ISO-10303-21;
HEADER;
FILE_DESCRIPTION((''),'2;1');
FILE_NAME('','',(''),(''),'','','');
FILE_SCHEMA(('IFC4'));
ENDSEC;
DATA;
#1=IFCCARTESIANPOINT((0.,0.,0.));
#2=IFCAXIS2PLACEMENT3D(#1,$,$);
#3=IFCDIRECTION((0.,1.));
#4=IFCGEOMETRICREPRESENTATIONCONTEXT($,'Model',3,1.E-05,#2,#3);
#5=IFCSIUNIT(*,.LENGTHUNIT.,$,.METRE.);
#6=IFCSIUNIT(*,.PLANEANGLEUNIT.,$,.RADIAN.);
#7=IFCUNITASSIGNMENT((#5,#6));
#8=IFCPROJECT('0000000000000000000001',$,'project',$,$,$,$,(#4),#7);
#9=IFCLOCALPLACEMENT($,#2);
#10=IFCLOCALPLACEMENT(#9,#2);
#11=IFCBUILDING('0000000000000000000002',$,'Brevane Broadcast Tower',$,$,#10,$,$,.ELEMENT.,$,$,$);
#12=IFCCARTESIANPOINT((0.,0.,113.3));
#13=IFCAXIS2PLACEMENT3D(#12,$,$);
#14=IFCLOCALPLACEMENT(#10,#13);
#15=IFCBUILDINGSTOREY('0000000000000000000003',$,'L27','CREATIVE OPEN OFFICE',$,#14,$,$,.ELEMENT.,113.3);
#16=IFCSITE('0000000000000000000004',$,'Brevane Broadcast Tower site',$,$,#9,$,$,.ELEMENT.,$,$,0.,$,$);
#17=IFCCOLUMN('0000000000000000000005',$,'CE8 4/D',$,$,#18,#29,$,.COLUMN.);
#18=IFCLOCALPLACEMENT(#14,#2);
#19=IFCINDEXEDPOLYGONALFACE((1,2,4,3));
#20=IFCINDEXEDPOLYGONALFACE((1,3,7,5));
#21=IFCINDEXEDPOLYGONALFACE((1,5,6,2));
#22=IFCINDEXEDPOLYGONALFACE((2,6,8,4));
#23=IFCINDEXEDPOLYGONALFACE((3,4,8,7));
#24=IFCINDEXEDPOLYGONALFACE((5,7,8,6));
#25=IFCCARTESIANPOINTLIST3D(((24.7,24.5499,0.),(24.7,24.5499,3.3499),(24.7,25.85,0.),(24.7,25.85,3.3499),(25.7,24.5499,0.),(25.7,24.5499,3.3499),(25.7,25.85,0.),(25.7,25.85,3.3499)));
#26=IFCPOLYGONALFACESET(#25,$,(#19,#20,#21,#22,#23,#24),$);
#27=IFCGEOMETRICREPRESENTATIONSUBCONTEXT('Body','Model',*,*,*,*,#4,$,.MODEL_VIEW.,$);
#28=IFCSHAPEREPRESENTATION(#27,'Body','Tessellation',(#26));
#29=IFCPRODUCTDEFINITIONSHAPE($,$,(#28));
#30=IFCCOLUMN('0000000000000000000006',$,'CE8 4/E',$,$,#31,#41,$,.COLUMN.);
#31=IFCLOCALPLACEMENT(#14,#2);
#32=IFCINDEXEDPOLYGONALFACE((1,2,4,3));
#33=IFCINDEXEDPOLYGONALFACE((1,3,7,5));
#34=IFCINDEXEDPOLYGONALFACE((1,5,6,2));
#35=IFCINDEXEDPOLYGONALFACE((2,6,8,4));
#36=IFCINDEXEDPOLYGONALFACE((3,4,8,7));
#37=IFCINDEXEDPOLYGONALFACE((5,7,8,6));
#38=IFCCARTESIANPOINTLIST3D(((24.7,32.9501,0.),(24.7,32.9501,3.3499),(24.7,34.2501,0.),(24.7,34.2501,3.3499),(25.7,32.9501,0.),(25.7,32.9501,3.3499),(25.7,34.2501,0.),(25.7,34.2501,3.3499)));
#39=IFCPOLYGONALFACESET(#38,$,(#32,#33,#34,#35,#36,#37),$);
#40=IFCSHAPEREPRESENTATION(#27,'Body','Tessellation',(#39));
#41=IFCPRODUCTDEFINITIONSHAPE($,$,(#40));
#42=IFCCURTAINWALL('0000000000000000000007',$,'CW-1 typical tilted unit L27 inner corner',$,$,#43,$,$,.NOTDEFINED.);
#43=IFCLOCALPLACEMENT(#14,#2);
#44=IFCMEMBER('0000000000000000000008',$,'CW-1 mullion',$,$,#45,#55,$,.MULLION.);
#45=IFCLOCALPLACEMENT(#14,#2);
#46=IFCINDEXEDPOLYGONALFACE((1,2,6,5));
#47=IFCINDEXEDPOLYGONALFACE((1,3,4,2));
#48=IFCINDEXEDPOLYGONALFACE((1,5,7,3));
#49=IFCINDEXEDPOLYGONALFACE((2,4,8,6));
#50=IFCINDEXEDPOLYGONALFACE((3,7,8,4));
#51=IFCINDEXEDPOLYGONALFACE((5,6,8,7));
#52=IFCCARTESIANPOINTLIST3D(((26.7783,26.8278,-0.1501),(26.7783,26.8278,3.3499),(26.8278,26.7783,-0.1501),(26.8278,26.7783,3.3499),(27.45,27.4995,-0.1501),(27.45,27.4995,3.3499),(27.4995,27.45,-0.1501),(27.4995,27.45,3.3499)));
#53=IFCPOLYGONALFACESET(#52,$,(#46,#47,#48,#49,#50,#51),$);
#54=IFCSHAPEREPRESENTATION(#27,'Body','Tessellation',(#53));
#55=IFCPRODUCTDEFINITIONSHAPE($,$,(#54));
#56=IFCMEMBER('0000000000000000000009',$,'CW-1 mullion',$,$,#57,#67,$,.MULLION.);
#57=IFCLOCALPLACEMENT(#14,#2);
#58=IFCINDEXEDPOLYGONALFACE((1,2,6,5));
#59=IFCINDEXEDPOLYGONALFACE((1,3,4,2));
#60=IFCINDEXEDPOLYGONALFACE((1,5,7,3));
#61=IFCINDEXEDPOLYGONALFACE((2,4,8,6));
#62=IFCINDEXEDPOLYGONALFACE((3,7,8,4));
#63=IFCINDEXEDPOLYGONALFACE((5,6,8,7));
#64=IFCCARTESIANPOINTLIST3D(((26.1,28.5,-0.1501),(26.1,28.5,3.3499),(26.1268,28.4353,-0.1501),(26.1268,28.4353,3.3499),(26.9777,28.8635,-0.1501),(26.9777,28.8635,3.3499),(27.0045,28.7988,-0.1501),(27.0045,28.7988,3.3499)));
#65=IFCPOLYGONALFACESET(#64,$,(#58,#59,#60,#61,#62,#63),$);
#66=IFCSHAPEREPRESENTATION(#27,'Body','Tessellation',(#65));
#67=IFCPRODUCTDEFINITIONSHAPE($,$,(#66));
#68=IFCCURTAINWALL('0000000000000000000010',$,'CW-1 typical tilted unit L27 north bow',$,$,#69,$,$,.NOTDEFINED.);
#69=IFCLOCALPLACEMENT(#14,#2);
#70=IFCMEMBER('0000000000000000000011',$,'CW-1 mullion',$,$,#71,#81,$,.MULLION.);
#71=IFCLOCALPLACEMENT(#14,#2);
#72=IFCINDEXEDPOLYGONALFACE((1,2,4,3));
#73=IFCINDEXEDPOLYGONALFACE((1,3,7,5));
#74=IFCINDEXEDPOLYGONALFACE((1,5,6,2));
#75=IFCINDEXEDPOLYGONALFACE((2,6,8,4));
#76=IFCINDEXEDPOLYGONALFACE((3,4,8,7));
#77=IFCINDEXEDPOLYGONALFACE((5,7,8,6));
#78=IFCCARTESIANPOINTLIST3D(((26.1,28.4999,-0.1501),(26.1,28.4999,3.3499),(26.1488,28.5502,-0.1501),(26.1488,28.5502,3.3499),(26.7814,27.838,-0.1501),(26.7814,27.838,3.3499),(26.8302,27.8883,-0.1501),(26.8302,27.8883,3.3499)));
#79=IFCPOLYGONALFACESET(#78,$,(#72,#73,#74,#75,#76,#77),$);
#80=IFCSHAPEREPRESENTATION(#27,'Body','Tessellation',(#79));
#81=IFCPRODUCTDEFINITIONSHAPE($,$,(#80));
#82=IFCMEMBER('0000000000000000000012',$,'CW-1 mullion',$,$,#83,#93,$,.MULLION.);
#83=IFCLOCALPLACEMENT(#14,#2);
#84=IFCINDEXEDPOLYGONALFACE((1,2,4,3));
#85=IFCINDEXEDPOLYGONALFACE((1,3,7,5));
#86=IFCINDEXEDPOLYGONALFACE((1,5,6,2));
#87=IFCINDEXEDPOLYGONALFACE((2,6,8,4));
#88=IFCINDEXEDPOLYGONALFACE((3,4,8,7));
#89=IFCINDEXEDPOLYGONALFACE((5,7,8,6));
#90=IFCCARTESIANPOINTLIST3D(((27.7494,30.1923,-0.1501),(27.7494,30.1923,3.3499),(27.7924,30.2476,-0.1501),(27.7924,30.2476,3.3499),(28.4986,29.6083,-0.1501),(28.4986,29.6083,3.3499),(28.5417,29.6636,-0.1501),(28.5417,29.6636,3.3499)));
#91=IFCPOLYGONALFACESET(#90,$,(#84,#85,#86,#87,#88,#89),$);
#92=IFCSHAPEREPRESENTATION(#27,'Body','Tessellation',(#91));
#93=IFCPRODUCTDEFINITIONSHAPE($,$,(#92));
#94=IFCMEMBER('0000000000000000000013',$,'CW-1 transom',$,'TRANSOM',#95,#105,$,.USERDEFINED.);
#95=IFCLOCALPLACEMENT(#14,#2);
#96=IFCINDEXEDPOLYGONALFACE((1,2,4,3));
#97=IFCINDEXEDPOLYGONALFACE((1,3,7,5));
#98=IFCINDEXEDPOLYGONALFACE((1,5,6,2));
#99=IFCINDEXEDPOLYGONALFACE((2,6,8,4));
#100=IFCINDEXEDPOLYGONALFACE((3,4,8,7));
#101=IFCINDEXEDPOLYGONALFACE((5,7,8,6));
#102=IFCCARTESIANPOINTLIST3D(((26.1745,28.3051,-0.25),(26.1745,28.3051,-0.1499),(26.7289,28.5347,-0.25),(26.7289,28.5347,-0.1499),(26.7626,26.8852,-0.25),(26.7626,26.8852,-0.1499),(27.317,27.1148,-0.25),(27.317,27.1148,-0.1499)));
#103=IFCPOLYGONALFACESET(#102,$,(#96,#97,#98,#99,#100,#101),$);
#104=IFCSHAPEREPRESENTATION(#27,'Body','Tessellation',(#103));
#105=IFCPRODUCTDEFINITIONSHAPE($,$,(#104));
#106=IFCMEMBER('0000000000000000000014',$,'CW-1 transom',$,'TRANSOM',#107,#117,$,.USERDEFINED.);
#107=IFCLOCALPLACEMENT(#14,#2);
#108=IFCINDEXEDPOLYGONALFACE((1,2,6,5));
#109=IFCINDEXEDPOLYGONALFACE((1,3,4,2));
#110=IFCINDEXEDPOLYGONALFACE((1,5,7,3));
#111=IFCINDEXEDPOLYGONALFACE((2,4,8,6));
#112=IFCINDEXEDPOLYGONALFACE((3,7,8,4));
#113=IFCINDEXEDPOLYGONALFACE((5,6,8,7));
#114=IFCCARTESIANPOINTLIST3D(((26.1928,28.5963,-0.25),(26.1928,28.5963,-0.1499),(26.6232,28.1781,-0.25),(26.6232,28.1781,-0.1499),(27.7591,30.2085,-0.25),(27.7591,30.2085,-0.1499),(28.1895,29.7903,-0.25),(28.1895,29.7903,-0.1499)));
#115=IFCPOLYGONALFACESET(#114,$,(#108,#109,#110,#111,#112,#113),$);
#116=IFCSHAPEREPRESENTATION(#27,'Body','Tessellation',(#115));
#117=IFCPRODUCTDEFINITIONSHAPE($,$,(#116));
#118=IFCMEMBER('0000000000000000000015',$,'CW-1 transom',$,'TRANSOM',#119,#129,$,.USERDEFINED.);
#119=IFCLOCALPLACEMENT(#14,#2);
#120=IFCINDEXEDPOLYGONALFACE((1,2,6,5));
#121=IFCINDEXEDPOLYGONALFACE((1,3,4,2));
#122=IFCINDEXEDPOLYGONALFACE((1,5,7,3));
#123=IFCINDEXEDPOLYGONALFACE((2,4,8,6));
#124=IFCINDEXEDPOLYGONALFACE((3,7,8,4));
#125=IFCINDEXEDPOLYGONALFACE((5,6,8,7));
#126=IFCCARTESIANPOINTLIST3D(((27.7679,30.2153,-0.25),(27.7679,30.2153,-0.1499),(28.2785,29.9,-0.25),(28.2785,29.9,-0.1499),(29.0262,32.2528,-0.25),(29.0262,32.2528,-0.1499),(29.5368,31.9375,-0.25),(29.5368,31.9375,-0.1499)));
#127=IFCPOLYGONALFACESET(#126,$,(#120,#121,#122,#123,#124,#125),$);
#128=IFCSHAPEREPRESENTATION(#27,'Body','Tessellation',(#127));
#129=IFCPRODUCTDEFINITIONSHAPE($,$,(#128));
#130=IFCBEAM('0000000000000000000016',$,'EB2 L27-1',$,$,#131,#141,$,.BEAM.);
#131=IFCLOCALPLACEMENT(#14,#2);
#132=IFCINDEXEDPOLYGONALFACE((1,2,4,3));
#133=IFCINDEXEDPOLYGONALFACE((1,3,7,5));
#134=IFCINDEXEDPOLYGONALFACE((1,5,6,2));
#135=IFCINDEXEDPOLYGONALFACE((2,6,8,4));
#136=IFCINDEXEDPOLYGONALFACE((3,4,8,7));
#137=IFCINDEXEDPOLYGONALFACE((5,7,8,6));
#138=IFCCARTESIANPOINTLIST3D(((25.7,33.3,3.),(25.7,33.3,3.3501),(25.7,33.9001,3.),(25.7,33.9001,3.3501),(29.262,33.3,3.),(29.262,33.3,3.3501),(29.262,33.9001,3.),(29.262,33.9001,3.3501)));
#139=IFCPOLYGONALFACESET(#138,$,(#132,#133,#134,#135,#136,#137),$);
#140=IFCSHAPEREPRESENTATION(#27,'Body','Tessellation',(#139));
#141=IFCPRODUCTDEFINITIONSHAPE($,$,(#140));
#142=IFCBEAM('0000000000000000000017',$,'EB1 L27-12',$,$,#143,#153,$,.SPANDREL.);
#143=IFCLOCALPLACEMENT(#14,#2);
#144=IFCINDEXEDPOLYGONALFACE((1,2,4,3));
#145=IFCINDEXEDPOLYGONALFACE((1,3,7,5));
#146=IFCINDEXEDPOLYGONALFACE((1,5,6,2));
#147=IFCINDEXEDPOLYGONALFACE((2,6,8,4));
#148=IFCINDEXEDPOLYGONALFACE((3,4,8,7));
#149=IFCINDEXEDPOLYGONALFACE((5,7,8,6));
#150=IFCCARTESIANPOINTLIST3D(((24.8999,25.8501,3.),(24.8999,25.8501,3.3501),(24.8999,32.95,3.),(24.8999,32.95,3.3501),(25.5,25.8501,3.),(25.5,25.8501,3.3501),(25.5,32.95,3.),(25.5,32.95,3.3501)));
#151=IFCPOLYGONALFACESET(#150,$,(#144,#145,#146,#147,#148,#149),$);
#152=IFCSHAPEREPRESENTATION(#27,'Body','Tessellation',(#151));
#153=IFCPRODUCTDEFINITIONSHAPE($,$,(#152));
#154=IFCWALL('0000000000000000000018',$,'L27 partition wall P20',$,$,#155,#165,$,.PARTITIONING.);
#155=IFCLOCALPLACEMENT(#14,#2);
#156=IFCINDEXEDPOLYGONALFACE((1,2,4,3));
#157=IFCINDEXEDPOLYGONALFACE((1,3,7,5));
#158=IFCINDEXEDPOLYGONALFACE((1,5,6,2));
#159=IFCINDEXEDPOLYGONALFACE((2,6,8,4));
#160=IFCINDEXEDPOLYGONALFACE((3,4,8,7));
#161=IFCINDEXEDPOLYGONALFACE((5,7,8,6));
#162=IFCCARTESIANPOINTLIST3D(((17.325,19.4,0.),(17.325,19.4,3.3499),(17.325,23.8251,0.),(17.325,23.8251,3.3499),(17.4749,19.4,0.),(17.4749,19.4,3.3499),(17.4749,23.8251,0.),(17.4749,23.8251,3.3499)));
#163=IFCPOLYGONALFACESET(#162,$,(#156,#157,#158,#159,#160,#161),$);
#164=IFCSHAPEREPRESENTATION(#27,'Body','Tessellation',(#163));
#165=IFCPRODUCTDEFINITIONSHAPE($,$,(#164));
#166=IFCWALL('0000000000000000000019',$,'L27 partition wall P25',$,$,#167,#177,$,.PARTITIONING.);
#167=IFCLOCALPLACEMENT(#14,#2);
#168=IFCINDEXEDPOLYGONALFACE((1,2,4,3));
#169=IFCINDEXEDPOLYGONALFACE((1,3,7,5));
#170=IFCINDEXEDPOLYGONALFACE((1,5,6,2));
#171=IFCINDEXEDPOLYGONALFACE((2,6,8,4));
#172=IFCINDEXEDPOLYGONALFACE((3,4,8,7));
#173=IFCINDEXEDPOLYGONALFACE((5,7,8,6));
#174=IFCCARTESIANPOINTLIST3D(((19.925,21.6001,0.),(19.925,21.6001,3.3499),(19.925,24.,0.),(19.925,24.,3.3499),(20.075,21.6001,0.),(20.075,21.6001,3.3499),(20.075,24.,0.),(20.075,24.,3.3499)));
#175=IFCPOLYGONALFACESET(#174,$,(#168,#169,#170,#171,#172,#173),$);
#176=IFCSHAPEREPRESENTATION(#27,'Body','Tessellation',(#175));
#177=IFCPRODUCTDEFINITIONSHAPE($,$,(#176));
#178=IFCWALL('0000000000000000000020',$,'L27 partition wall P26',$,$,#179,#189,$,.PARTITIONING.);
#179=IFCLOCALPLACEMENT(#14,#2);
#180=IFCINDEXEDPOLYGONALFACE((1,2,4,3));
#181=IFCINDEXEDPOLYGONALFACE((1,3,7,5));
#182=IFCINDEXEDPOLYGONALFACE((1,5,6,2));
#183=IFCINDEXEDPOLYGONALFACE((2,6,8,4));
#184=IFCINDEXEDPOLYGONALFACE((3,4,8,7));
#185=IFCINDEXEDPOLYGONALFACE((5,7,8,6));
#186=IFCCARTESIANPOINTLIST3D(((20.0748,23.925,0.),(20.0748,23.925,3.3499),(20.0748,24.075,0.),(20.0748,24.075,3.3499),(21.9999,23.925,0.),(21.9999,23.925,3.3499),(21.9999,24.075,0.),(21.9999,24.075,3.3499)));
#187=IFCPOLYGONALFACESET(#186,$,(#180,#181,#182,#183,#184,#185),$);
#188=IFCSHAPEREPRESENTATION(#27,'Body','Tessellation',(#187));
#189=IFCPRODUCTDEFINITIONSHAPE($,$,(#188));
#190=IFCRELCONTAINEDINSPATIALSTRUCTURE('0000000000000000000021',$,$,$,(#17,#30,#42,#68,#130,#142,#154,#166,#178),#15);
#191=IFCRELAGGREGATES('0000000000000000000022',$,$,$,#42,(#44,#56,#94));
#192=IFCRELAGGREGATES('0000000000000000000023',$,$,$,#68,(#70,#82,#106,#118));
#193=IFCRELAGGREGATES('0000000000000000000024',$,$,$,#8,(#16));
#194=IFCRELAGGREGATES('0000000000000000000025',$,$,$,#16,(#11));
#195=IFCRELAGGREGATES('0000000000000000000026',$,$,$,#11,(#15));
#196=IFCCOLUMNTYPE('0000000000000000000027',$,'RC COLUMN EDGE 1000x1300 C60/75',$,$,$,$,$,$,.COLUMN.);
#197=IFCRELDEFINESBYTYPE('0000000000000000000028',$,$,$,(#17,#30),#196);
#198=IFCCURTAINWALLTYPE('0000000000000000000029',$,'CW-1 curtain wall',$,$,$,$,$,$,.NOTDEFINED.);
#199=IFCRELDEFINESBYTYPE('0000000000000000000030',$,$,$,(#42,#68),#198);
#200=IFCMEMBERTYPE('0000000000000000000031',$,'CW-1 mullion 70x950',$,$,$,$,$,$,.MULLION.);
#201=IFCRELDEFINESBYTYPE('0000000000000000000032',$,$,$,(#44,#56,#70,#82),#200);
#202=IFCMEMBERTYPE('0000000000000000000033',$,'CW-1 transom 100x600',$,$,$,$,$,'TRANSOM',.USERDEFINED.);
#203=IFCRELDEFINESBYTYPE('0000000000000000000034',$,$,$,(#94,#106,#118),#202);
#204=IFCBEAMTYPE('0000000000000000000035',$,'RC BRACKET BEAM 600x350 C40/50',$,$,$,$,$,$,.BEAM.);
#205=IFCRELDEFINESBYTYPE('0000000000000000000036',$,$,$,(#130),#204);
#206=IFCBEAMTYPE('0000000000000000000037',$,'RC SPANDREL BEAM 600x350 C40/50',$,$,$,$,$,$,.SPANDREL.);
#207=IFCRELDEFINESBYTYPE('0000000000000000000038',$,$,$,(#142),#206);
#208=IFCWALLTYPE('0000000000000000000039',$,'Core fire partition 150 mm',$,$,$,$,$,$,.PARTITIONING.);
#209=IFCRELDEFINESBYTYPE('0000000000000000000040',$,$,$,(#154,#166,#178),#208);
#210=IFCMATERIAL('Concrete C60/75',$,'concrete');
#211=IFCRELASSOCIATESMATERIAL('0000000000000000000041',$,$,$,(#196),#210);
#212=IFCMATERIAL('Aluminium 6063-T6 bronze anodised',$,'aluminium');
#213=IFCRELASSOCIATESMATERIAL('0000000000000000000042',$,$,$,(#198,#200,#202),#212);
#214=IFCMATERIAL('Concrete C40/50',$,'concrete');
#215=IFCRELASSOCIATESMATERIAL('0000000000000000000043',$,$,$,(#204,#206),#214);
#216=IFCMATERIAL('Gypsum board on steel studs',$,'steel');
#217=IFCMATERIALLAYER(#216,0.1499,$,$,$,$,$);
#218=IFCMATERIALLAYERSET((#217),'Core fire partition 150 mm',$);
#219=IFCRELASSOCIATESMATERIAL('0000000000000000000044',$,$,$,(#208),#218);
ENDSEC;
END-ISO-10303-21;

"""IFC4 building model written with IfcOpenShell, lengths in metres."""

from ifc_helpers import new_model, si_unit, direction, frame, frame_2d, origin, origin_2d, place, context, subcontext, project, spatial, rectangle, extrude, material, layer, layer_set, material_profile, profile_set, type_object, element, aggregate, save


model = new_model("IFC4")

# Units and contexts
model_context = context("Model", 3, precision=1e-05, world=origin(), true_north=direction((0.0, 1.0)))
body_context = subcontext(model_context, "Body", "Model", "MODEL_VIEW")
ifc_project = project(units=[si_unit("LENGTHUNIT", "METRE"), si_unit("PLANEANGLEUNIT", "RADIAN")], contexts=[model_context])

# Site, building, storey
site_placement = place(None, origin())
site = spatial("IfcSite", under=ifc_project, at=site_placement, Name="Brevane Broadcast Tower site", CompositionType="ELEMENT", RefElevation=0.0)
building_placement = place(site_placement, origin())
building = spatial("IfcBuilding", under=site, at=building_placement, Name="Brevane Broadcast Tower", CompositionType="ELEMENT")
storey_placement = place(building_placement, frame((0.0, 0.0, 113.3)))
storey = spatial("IfcBuildingStorey", under=building, at=storey_placement, Name="L27", Description="CREATIVE OPEN OFFICE", CompositionType="ELEMENT", Elevation=113.3)

# Columns
ifc_material_1 = material(Name="Concrete C60/75", Category="concrete")
ifc_material_profile_1 = material_profile(ifc_material_1, rectangle(XDim=1.0, YDim=1.3, at=origin_2d()), Name="RC 1000x1300")
ifc_profile_set_1 = profile_set([ifc_material_profile_1], Name="Concrete C60/75")
column_type = type_object("IfcColumnType", Name="RC COLUMN EDGE 1000x1300 C60/75", PredefinedType="COLUMN", material=ifc_profile_set_1)
for number, where, z_axis, x_axis, name in (
    (1, (25.2, 25.2, 0.0), (0.0, 0.0, 1.0), (1.0, 0.0, 0.0), "CE8 4/D"),
    (2, (25.2, 33.6001, 0.0), (0.0, 0.0, 1.0), (1.0, 0.0, 0.0), "CE8 4/E"),
):
    element("IfcColumn", number, at=place(storey_placement, frame(where, z_axis=z_axis, x_axis=x_axis)), inside=storey, type_object=column_type, Name=name, PredefinedType="COLUMN", context=body_context, shape_type="SweptSolid", body=[
        extrude(rectangle(XDim=1.0, YDim=1.3, at=origin_2d()), origin(), (0.0, 0.0, 1.0), 3.3499),
    ])

# Curtain walls, members
ifc_material_2 = material(Name="Aluminium 6063-T6 bronze anodised", Category="aluminium")
curtain_wall_type = type_object("IfcCurtainWallType", Name="CW-1 curtain wall", PredefinedType="NOTDEFINED", material=ifc_material_2)
curtain_wall_1_placement = place(storey_placement, origin())
curtain_wall_1 = element("IfcCurtainWall", 3, at=curtain_wall_1_placement, inside=storey, type_object=curtain_wall_type, Name="CW-1 typical tilted unit L27 inner corner", PredefinedType="NOTDEFINED")
ifc_material_profile_2 = material_profile(ifc_material_2, rectangle(XDim=0.95, YDim=0.0701, at=origin_2d()), Name="RECT 70x950")
ifc_profile_set_2 = profile_set([ifc_material_profile_2], Name="Aluminium 6063-T6 bronze anodised")
member_type_1 = type_object("IfcMemberType", Name="CW-1 mullion 70x950", PredefinedType="MULLION", material=ifc_profile_set_2)
member_1_placement = place(storey_placement, frame((27.1389, 27.1389, -0.1501), z_axis=(0.0, 0.0, 1.0), x_axis=(-0.707107, -0.707107, 0.0)))
member_1 = element("IfcMember", 4, at=member_1_placement, type_object=member_type_1, Name="CW-1 mullion", PredefinedType="MULLION", context=body_context, shape_type="SweptSolid", body=[
    extrude(rectangle(XDim=0.95, YDim=0.0701, at=origin_2d()), origin(), (0.0, 0.0, 1.0), 3.5),
])
member_2_placement = place(storey_placement, frame((26.5522, 28.6494, -0.1501), z_axis=(0.0, 0.0, 1.0), x_axis=(-0.923879, -0.382684, 0.0)))
member_2 = element("IfcMember", 5, at=member_2_placement, type_object=member_type_1, Name="CW-1 mullion", PredefinedType="MULLION", context=body_context, shape_type="SweptSolid", body=[
    extrude(rectangle(XDim=0.95, YDim=0.0701, at=origin_2d()), origin(), (0.0, 0.0, 1.0), 3.5),
])
curtain_wall_2_placement = place(storey_placement, origin())
curtain_wall_2 = element("IfcCurtainWall", 6, at=curtain_wall_2_placement, inside=storey, type_object=curtain_wall_type, Name="CW-1 typical tilted unit L27 north bow", PredefinedType="NOTDEFINED")
member_3_placement = place(storey_placement, frame((26.4651, 28.1941, -0.1501), z_axis=(0.0, 0.0, 1.0), x_axis=(-0.717254, 0.696812, 0.0)))
member_3 = element("IfcMember", 7, at=member_3_placement, type_object=member_type_1, Name="CW-1 mullion", PredefinedType="MULLION", context=body_context, shape_type="SweptSolid", body=[
    extrude(rectangle(XDim=0.95, YDim=0.0701, at=origin_2d()), origin(), (0.0, 0.0, 1.0), 3.5),
])
member_4_placement = place(storey_placement, frame((28.1455, 29.928, -0.1501), z_axis=(0.0, 0.0, 1.0), x_axis=(-0.788707, 0.61477, 0.0)))
member_4 = element("IfcMember", 8, at=member_4_placement, type_object=member_type_1, Name="CW-1 mullion", PredefinedType="MULLION", context=body_context, shape_type="SweptSolid", body=[
    extrude(rectangle(XDim=0.95, YDim=0.0701, at=origin_2d()), origin(), (0.0, 0.0, 1.0), 3.5),
])

# Members
ifc_material_profile_3 = material_profile(ifc_material_2, rectangle(XDim=0.6001, YDim=0.1001, at=origin_2d()), Name="RECT 100x600")
ifc_profile_set_3 = profile_set([ifc_material_profile_3], Name="Aluminium 6063-T6 bronze anodised")
member_type_2 = type_object("IfcMemberType", Name="CW-1 transom 100x600", ElementType="TRANSOM", PredefinedType="USERDEFINED", material=ifc_profile_set_3)
member_5_placement = place(storey_placement, frame((27.0398, 27.0, -0.2), z_axis=(-0.382674, 0.923883, 0.0), x_axis=(-0.923883, -0.382674, 0.0)))
member_5 = element("IfcMember", 9, at=member_5_placement, type_object=member_type_2, Name="CW-1 transom", ObjectType="TRANSOM", PredefinedType="USERDEFINED", context=body_context, shape_type="SweptSolid", body=[
    extrude(rectangle(XDim=0.6001, YDim=0.1001, at=origin_2d()), origin(), (0.0, 0.0, 1.0), 1.5369),
])
aggregate(curtain_wall_1, [member_1, member_2, member_5])
member_6_placement = place(storey_placement, frame((26.408, 28.3872, -0.2), z_axis=(0.696824, 0.717242, 0.0), x_axis=(-0.717242, 0.696824, 0.0)))
member_6 = element("IfcMember", 10, at=member_6_placement, type_object=member_type_2, Name="CW-1 transom", ObjectType="TRANSOM", PredefinedType="USERDEFINED", context=body_context, shape_type="SweptSolid", body=[
    extrude(rectangle(XDim=0.6001, YDim=0.1001, at=origin_2d()), origin(), (0.0, 0.0, 1.0), 2.2478),
])
member_7_placement = place(storey_placement, frame((28.0232, 30.0576, -0.2), z_axis=(0.525428, 0.850838, 0.0), x_axis=(-0.850838, 0.525428, 0.0)))
member_7 = element("IfcMember", 11, at=member_7_placement, type_object=member_type_2, Name="CW-1 transom", ObjectType="TRANSOM", PredefinedType="USERDEFINED", context=body_context, shape_type="SweptSolid", body=[
    extrude(rectangle(XDim=0.6001, YDim=0.1001, at=origin_2d()), origin(), (0.0, 0.0, 1.0), 2.3948),
])
aggregate(curtain_wall_2, [member_3, member_4, member_6, member_7])

# Beams
ifc_material_3 = material(Name="Concrete C40/50", Category="concrete")
ifc_material_profile_4 = material_profile(ifc_material_3, rectangle(XDim=0.6001, YDim=0.3501, at=origin_2d()), Name="RC 600x350")
ifc_profile_set_4 = profile_set([ifc_material_profile_4], Name="Concrete C40/50")
beam_type_1 = type_object("IfcBeamType", Name="RC BRACKET BEAM 600x350 C40/50", PredefinedType="BEAM", material=ifc_profile_set_4)
beam_1_placement = place(storey_placement, frame((25.7, 33.6001, 3.175), z_axis=(1.0, 0.0, 0.0), x_axis=(0.0, 1.0, 0.0)))
element("IfcBeam", 12, at=beam_1_placement, inside=storey, type_object=beam_type_1, Name="EB2 L27-1", PredefinedType="BEAM", context=body_context, shape_type="SweptSolid", body=[
    extrude(rectangle(XDim=0.6001, YDim=0.3501, at=origin_2d()), origin(), (0.0, 0.0, 1.0), 3.562),
])
ifc_material_profile_5 = material_profile(ifc_material_3, rectangle(XDim=0.6001, YDim=0.3501, at=origin_2d()), Name="RC 600x350")
ifc_profile_set_5 = profile_set([ifc_material_profile_5], Name="Concrete C40/50")
beam_type_2 = type_object("IfcBeamType", Name="RC SPANDREL BEAM 600x350 C40/50", PredefinedType="SPANDREL", material=ifc_profile_set_5)
beam_2_placement = place(storey_placement, frame((25.2, 25.8501, 3.175), z_axis=(0.0, 1.0, 0.0), x_axis=(-1.0, 0.0, 0.0)))
element("IfcBeam", 13, at=beam_2_placement, inside=storey, type_object=beam_type_2, Name="EB1 L27-12", PredefinedType="SPANDREL", context=body_context, shape_type="SweptSolid", body=[
    extrude(rectangle(XDim=0.6001, YDim=0.3501, at=origin_2d()), origin(), (0.0, 0.0, 1.0), 7.0999),
])

# Walls
ifc_material_4 = material(Name="Gypsum board on steel studs", Category="steel")
ifc_layer_1 = layer(ifc_material_4, 0.1499)
ifc_layer_set_1 = layer_set([ifc_layer_1], Name="Core fire partition 150 mm")
wall_type_1 = type_object("IfcWallType", Name="Core fire partition 150 mm", PredefinedType="PARTITIONING", material=ifc_layer_set_1)
wall_1_placement = place(storey_placement, frame((17.3999, 23.825, 0.0), z_axis=(0.0, 0.0, 1.0), x_axis=(0.0, -1.0, 0.0)))
element("IfcWall", 14, at=wall_1_placement, inside=storey, type_object=wall_type_1, Name="L27 partition wall P20", PredefinedType="PARTITIONING", context=body_context, shape_type="SweptSolid", body=[
    extrude(rectangle(XDim=4.425, YDim=0.1499, at=frame_2d((2.2124, 0.0))), origin(), (0.0, 0.0, 1.0), 3.3499),
])
wall_2_placement = place(storey_placement, frame((20.0, 21.6001, 0.0), z_axis=(0.0, 0.0, 1.0), x_axis=(0.0, 1.0, 0.0)))
element("IfcWall", 15, at=wall_2_placement, inside=storey, type_object=wall_type_1, Name="L27 partition wall P25", PredefinedType="PARTITIONING", context=body_context, shape_type="SweptSolid", body=[
    extrude(rectangle(XDim=2.3999, YDim=0.1499, at=frame_2d((1.2, 0.0))), origin(), (0.0, 0.0, 1.0), 3.3499),
])
wall_3_placement = place(storey_placement, frame((20.075, 24.0, 0.0), z_axis=(0.0, 0.0, 1.0), x_axis=(1.0, 0.0, 0.0)))
element("IfcWall", 16, at=wall_3_placement, inside=storey, type_object=wall_type_1, Name="L27 partition wall P26", PredefinedType="PARTITIONING", context=body_context, shape_type="SweptSolid", body=[
    extrude(rectangle(XDim=1.925, YDim=0.1499, at=frame_2d((0.9624, 0.0))), origin(), (0.0, 0.0, 1.0), 3.3499),
])

save(model, "model.ifc")
